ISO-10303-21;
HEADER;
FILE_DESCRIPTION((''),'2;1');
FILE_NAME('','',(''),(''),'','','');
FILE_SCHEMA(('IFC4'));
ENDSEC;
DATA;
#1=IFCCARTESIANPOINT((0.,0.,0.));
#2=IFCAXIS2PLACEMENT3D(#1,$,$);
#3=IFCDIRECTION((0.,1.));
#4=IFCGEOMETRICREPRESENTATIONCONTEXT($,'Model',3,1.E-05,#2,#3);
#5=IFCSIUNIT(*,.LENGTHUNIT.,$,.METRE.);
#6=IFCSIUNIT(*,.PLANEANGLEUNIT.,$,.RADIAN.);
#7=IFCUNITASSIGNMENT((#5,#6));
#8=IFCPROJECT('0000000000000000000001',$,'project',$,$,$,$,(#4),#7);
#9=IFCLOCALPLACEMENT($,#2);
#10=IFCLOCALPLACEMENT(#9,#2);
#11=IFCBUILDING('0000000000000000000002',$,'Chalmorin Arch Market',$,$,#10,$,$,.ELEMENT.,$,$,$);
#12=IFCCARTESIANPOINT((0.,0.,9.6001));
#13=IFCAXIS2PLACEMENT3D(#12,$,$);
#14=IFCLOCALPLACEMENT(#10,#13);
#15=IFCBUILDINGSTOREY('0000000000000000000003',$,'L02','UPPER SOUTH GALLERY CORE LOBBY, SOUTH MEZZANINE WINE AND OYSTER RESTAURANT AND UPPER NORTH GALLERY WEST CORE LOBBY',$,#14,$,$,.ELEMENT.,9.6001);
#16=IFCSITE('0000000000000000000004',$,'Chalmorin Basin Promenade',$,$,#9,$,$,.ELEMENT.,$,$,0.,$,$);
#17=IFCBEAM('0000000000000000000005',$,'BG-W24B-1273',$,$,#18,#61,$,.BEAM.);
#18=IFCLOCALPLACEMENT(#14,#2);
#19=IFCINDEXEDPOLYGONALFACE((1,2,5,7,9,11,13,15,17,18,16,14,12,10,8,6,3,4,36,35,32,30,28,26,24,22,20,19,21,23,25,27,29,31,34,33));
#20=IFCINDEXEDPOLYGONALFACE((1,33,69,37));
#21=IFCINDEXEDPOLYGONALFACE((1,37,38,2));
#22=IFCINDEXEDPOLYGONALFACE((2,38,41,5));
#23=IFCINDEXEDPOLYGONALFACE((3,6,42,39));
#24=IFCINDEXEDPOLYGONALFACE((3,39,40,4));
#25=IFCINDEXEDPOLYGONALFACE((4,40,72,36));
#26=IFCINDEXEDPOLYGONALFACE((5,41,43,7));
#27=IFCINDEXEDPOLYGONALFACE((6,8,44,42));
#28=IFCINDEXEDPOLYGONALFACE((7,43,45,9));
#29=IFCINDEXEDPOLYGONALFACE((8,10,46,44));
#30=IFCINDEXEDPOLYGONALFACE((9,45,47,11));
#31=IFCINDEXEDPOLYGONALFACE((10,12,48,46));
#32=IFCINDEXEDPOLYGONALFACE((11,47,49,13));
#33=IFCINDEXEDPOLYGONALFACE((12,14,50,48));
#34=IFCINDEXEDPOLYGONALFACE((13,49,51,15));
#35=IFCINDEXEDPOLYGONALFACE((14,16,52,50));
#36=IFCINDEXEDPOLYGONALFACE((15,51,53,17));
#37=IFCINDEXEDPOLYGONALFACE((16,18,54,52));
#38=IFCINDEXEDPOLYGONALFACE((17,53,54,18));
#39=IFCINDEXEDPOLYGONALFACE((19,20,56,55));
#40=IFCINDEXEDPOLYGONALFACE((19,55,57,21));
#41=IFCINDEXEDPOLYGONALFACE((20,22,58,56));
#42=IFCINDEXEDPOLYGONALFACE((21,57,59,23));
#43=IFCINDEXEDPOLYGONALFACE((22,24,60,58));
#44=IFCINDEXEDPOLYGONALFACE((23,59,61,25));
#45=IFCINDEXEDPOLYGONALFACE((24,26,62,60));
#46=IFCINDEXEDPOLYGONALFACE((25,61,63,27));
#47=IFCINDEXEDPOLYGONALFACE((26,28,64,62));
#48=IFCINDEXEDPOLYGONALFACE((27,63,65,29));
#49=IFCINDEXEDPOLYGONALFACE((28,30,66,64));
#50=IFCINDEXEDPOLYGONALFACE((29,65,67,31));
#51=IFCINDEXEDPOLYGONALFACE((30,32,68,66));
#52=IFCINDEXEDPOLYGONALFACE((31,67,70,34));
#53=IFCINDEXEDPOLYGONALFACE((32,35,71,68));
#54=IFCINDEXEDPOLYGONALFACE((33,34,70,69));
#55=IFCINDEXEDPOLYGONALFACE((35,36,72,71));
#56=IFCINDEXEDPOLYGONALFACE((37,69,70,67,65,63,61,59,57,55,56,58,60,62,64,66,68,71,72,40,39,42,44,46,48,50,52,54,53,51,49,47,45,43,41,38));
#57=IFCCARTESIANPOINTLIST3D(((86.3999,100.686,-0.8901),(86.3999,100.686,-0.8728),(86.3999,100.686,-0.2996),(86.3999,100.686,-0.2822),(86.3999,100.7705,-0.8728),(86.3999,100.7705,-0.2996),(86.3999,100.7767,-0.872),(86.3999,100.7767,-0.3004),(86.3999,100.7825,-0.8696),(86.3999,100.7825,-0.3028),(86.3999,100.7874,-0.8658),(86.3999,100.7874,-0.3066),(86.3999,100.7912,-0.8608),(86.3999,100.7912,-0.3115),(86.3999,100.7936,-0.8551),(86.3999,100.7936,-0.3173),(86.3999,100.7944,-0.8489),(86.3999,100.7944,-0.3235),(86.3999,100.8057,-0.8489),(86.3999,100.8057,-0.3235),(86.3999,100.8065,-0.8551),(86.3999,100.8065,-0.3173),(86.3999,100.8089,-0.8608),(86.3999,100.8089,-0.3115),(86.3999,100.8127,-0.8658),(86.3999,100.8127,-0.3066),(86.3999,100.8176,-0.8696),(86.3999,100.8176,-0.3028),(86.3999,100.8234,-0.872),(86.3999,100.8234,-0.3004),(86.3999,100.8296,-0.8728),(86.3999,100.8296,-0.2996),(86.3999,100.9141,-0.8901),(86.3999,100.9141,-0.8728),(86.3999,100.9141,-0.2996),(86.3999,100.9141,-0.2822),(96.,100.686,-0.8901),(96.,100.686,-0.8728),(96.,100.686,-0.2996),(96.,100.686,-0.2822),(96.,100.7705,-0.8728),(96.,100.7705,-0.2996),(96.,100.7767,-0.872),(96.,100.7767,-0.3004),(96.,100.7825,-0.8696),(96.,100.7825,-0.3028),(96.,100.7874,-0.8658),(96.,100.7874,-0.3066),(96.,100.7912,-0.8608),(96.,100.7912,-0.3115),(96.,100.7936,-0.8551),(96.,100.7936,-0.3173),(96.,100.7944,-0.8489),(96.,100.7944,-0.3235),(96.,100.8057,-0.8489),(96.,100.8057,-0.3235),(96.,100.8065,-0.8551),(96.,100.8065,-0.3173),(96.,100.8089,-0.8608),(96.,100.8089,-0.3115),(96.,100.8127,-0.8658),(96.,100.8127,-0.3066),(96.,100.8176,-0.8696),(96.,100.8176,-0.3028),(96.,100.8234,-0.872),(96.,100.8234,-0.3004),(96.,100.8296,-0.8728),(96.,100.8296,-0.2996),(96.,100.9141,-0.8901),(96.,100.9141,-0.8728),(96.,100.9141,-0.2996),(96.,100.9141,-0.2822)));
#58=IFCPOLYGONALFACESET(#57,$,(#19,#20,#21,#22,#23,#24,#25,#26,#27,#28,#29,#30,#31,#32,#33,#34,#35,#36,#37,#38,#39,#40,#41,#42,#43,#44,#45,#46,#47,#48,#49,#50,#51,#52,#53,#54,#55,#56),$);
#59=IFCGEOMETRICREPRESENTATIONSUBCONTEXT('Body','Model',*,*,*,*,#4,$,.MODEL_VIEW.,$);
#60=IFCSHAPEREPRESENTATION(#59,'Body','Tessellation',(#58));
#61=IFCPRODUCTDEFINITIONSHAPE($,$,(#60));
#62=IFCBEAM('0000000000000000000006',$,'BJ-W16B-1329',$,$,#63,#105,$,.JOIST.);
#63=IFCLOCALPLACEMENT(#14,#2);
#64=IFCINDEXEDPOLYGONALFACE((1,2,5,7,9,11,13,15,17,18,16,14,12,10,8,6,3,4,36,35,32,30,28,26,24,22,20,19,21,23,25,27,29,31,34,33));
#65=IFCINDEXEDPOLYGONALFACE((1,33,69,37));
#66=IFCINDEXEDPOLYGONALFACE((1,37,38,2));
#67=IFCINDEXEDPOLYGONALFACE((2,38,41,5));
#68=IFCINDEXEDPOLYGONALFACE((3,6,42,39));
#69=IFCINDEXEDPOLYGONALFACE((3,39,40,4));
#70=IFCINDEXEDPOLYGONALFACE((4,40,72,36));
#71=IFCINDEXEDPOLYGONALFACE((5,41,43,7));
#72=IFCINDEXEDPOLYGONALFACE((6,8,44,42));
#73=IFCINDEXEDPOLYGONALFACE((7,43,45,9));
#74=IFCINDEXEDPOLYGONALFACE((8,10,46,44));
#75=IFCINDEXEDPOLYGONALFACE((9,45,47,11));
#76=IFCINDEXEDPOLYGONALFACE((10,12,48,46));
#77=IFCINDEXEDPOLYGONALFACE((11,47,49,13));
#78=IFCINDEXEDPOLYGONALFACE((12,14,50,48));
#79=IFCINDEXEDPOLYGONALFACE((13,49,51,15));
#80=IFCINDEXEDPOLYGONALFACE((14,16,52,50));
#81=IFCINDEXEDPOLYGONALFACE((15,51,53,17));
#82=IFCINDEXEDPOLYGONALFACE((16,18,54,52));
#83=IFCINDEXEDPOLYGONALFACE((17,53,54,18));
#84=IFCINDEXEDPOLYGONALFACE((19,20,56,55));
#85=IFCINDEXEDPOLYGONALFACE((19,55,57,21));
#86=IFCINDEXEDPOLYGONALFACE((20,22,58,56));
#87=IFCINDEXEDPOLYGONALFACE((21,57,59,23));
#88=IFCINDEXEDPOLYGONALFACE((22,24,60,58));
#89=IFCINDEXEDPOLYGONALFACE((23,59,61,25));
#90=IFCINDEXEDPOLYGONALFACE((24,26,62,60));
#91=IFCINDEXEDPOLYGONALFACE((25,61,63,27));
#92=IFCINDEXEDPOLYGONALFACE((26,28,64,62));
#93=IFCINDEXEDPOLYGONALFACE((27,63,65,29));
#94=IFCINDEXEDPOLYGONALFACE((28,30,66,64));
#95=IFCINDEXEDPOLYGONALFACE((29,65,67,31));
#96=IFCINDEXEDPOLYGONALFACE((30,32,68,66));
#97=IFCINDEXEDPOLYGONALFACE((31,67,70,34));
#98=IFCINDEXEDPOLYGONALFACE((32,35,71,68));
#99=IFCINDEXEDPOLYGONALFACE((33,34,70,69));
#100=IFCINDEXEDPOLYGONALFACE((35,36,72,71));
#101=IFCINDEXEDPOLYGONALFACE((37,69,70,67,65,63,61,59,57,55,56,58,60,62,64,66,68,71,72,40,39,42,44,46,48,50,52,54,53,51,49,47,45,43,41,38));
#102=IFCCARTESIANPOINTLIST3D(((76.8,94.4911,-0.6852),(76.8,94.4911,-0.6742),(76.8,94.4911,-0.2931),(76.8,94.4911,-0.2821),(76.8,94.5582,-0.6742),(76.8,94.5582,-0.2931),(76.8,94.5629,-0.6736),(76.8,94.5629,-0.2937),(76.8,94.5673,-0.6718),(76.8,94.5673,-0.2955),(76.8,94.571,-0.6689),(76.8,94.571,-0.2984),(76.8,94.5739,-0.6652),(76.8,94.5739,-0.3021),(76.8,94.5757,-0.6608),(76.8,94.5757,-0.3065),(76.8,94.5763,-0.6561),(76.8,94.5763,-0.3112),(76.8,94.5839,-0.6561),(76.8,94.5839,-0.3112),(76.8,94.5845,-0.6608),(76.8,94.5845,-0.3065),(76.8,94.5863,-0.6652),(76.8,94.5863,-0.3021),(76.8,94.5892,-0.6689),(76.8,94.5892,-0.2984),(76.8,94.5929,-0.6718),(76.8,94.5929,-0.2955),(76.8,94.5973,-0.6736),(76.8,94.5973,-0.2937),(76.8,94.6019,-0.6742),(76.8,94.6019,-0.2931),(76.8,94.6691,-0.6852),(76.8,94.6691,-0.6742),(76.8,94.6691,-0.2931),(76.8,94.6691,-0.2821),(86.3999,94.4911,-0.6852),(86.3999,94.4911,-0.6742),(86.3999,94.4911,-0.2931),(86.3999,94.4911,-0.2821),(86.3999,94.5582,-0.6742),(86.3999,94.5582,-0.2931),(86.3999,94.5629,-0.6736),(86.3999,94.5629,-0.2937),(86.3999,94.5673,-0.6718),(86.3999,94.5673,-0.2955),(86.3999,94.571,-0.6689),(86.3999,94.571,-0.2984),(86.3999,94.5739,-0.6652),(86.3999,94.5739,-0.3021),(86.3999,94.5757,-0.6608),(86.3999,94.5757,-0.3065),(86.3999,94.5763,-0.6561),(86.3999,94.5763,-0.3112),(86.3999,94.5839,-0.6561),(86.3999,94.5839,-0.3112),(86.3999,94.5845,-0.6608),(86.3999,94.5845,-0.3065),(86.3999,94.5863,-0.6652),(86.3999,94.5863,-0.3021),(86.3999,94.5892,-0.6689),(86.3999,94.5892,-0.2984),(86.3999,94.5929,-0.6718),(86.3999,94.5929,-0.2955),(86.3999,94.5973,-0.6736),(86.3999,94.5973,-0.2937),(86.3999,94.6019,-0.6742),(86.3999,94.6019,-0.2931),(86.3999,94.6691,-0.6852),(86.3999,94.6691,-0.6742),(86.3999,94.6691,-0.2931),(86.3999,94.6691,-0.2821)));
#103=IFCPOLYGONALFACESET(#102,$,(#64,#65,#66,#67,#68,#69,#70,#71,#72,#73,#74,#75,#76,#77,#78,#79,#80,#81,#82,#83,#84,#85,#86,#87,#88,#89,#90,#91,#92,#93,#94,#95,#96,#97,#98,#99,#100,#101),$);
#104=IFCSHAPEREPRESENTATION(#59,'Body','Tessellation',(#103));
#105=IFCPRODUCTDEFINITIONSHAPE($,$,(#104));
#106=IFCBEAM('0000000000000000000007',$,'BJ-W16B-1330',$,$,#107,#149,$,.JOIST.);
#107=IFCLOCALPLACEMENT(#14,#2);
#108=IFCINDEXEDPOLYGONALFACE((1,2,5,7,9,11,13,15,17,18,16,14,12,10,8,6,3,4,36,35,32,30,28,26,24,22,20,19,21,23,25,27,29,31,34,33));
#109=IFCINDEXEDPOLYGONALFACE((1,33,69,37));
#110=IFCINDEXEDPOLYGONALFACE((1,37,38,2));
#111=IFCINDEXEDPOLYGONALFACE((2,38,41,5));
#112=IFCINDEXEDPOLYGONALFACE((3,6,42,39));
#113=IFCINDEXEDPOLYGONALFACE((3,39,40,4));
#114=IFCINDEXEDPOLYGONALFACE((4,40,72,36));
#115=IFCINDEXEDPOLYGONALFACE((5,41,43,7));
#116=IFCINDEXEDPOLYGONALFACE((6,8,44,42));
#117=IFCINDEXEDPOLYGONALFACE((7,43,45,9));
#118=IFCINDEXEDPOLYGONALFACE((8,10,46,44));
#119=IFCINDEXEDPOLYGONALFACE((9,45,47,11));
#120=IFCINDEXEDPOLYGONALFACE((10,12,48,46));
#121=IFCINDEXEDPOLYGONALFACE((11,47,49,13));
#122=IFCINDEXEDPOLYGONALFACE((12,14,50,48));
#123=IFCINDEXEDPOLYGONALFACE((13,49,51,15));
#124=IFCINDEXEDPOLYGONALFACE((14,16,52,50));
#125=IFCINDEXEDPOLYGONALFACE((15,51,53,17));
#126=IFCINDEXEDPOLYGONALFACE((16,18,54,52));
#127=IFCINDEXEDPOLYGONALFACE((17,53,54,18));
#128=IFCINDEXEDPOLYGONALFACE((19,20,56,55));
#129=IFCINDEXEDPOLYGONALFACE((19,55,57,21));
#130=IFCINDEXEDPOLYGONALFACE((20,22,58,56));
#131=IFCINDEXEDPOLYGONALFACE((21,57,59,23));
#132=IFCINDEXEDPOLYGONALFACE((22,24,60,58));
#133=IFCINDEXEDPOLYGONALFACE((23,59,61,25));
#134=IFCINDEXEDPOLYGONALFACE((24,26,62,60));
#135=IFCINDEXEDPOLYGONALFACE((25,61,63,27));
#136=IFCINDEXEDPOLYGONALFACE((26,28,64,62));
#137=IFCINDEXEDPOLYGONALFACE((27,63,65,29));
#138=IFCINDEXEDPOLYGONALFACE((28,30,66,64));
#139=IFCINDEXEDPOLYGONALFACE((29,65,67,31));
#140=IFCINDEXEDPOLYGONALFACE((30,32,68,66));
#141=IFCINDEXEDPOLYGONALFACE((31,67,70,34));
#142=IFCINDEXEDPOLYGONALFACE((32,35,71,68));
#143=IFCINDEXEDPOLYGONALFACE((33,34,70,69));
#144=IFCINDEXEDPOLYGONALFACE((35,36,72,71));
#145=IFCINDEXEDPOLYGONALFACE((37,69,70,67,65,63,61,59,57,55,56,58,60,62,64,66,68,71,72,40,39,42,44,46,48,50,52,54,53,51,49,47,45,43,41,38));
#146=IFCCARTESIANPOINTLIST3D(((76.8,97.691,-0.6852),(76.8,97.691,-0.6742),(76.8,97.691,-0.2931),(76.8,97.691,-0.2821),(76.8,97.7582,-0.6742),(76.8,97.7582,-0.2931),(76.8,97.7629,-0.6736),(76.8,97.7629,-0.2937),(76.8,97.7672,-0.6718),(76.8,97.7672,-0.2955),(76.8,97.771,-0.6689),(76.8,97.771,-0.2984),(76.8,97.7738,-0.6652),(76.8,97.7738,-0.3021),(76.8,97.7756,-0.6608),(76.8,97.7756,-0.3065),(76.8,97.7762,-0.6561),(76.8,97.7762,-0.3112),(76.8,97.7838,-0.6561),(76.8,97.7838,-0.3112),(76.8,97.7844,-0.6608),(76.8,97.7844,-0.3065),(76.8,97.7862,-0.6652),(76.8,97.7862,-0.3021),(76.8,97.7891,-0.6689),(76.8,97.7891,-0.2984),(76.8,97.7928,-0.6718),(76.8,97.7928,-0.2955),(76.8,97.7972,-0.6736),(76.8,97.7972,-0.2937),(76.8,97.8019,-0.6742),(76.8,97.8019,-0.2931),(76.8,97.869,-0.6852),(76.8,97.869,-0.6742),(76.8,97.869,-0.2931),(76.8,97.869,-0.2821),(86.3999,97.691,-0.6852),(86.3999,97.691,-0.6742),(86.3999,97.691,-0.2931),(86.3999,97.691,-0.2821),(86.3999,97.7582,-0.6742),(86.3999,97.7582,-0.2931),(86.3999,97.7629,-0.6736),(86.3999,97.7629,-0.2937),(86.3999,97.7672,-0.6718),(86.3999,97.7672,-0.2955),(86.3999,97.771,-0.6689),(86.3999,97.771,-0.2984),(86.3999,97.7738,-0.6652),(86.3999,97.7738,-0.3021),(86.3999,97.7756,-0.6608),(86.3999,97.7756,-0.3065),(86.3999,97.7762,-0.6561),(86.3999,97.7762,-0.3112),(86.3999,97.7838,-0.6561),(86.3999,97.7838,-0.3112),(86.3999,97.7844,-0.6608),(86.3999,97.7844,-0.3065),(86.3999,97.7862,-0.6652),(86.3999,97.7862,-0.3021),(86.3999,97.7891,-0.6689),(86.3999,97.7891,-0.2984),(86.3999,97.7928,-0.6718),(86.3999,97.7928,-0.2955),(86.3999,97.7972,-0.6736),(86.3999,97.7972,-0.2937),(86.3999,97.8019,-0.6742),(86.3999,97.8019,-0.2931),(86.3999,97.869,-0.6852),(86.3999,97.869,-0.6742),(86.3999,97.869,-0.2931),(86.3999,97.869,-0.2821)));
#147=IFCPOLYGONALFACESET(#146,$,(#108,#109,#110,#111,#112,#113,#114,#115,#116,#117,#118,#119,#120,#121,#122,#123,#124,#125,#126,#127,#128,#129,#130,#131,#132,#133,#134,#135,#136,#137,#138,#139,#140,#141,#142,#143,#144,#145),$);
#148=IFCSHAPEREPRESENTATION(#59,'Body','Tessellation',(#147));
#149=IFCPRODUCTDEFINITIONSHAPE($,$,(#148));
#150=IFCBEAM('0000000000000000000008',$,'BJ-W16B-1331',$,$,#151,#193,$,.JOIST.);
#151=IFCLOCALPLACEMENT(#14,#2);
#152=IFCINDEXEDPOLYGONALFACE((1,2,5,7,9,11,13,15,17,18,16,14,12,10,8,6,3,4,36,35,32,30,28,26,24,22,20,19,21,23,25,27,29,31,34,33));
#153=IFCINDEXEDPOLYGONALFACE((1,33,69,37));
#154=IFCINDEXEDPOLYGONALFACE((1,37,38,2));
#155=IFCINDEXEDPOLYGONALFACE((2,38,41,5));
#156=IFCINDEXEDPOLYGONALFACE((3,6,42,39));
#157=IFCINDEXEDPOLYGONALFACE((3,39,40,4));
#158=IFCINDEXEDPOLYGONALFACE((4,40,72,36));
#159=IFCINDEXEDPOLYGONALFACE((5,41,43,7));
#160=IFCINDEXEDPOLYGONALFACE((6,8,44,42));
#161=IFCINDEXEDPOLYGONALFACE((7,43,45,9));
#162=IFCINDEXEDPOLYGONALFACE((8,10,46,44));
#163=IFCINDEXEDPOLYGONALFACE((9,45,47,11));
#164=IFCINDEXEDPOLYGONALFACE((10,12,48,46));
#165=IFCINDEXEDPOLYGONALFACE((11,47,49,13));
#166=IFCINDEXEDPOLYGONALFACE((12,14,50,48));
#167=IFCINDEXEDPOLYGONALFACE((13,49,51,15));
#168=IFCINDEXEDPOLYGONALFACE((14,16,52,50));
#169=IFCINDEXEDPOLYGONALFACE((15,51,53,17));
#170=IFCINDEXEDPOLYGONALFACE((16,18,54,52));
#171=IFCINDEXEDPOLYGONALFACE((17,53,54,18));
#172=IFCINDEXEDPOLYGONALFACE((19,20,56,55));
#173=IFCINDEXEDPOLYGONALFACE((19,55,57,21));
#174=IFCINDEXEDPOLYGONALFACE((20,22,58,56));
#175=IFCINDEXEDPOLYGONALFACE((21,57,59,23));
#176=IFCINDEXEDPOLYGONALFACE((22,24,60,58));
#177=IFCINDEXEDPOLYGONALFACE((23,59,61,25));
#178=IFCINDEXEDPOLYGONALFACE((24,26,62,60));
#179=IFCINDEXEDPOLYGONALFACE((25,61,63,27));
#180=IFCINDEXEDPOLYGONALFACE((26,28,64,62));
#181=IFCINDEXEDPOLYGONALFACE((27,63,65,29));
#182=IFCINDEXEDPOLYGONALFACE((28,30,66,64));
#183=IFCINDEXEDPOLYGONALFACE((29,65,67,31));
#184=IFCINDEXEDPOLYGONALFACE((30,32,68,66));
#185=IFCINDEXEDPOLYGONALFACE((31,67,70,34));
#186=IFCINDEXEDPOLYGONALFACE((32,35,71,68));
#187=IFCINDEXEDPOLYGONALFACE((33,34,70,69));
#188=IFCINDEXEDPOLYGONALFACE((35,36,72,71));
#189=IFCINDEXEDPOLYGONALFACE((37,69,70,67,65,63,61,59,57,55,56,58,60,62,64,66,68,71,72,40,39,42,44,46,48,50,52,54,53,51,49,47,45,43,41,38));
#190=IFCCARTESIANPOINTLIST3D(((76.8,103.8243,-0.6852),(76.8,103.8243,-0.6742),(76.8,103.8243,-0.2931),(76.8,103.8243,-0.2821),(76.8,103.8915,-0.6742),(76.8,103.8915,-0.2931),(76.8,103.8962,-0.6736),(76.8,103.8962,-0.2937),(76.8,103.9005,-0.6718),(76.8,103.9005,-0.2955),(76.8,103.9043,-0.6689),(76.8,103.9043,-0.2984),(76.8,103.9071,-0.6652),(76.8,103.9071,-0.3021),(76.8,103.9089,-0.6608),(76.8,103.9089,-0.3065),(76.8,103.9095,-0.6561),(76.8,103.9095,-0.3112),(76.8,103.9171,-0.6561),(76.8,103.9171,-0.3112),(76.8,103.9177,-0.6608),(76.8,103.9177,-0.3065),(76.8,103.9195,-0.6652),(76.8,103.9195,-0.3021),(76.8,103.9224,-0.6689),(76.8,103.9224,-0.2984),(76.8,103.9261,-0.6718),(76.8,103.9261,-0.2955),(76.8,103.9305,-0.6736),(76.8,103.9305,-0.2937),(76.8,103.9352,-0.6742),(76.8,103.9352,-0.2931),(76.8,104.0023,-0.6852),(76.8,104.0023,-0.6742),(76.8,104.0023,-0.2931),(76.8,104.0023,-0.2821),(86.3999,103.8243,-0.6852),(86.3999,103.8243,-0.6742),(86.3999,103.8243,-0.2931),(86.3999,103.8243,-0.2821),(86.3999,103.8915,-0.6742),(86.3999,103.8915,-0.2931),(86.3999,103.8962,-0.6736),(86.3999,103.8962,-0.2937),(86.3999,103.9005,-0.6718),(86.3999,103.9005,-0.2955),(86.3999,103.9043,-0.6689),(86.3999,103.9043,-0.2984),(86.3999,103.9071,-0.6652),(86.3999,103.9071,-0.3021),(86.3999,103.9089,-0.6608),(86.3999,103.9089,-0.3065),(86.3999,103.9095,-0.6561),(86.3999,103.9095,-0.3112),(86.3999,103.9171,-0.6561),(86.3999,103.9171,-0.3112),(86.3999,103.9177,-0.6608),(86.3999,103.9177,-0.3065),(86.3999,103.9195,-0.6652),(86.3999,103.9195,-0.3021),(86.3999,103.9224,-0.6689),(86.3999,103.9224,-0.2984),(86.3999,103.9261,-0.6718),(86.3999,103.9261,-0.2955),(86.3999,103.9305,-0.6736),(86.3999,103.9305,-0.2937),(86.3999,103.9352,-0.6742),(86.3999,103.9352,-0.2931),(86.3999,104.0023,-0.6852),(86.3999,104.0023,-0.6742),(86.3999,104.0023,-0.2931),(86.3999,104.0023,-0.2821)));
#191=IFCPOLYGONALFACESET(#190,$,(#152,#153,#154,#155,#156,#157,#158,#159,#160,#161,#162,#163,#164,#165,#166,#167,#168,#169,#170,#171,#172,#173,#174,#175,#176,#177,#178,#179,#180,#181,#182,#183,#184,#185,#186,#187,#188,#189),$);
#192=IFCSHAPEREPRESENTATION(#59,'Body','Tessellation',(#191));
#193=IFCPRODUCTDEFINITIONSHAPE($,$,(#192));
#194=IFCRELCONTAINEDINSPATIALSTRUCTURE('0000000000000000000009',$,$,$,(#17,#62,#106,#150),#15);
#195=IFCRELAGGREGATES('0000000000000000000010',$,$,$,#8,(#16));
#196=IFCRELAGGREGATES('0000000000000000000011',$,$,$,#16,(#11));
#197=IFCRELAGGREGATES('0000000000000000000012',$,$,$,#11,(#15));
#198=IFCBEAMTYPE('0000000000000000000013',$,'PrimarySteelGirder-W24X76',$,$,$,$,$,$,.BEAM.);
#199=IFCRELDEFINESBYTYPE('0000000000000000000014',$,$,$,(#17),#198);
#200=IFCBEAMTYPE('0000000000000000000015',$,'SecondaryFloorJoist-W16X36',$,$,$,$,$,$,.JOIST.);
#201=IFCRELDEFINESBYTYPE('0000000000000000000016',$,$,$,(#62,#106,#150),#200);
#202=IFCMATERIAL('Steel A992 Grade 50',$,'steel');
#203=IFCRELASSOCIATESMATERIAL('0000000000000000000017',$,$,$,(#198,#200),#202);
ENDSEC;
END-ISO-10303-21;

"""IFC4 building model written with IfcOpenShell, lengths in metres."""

from ifc_helpers import new_model, si_unit, direction, frame, origin, origin_2d, place, context, subcontext, project, spatial, i_section, extrude, material, material_profile, profile_set, type_object, element, save


model = new_model("IFC4")

# Units and contexts
model_context = context("Model", 3, precision=1e-05, world=origin(), true_north=direction((0.0, 1.0)))
body_context = subcontext(model_context, "Body", "Model", "MODEL_VIEW")
ifc_project = project(units=[si_unit("LENGTHUNIT", "METRE"), si_unit("PLANEANGLEUNIT", "RADIAN")], contexts=[model_context])

# Site, building, storey
site_placement = place(None, origin())
site = spatial("IfcSite", under=ifc_project, at=site_placement, Name="Chalmorin Basin Promenade", CompositionType="ELEMENT", RefElevation=0.0)
building_placement = place(site_placement, origin())
building = spatial("IfcBuilding", under=site, at=building_placement, Name="Chalmorin Arch Market", CompositionType="ELEMENT")
storey_placement = place(building_placement, frame((0.0, 0.0, 9.6001)))
storey = spatial("IfcBuildingStorey", under=building, at=storey_placement, Name="L02", Description="UPPER SOUTH GALLERY CORE LOBBY, SOUTH MEZZANINE WINE AND OYSTER RESTAURANT AND UPPER NORTH GALLERY WEST CORE LOBBY", CompositionType="ELEMENT", Elevation=9.6001)

# Beams
ifc_material_1 = material(Name="Steel A992 Grade 50", Category="steel")
ifc_material_profile_1 = material_profile(ifc_material_1, i_section(OverallWidth=0.228, OverallDepth=0.6079, WebThickness=0.0112, FlangeThickness=0.0173, FilletRadius=0.0239, at=origin_2d()), Name="W24X76")
ifc_profile_set_1 = profile_set([ifc_material_profile_1], Name="Steel A992 Grade 50")
beam_type_1 = type_object("IfcBeamType", Name="PrimarySteelGirder-W24X76", PredefinedType="BEAM", material=ifc_profile_set_1)
for number, where, z_axis, x_axis, name in (
    (1, (86.3999, 100.8, -0.5862), (1.0, 0.0, 0.0), (0.0, 1.0, 0.0), "BG-W24B-1273"),
):
    element("IfcBeam", number, at=place(storey_placement, frame(where, z_axis=z_axis, x_axis=x_axis)), inside=storey, type_object=beam_type_1, Name=name, PredefinedType="BEAM", context=body_context, shape_type="SweptSolid", body=[
        extrude(i_section(OverallWidth=0.228, OverallDepth=0.6079, WebThickness=0.0112, FlangeThickness=0.0173, FilletRadius=0.0239, at=origin_2d()), origin(), (0.0, 0.0, 1.0), 9.6001),
    ])
ifc_material_profile_2 = material_profile(ifc_material_1, i_section(OverallWidth=0.178, OverallDepth=0.4031, WebThickness=0.0076, FlangeThickness=0.011, FilletRadius=0.0181, at=origin_2d()), Name="W16X36")
ifc_profile_set_2 = profile_set([ifc_material_profile_2], Name="Steel A992 Grade 50")
beam_type_2 = type_object("IfcBeamType", Name="SecondaryFloorJoist-W16X36", PredefinedType="JOIST", material=ifc_profile_set_2)
for number, where, z_axis, x_axis, name in (
    (2, (76.8, 94.5801, -0.4836), (1.0, 0.0, 0.0), (0.0, 1.0, 0.0), "BJ-W16B-1329"),
    (3, (76.8, 97.78, -0.4836), (1.0, 0.0, 0.0), (0.0, 1.0, 0.0), "BJ-W16B-1330"),
    (4, (76.8, 103.9133, -0.4836), (1.0, 0.0, 0.0), (0.0, 1.0, 0.0), "BJ-W16B-1331"),
):
    element("IfcBeam", number, at=place(storey_placement, frame(where, z_axis=z_axis, x_axis=x_axis)), inside=storey, type_object=beam_type_2, Name=name, PredefinedType="JOIST", context=body_context, shape_type="SweptSolid", body=[
        extrude(i_section(OverallWidth=0.178, OverallDepth=0.4031, WebThickness=0.0076, FlangeThickness=0.011, FilletRadius=0.0181, at=origin_2d()), origin(), (0.0, 0.0, 1.0), 9.5999),
    ])

save(model, "model.ifc")
